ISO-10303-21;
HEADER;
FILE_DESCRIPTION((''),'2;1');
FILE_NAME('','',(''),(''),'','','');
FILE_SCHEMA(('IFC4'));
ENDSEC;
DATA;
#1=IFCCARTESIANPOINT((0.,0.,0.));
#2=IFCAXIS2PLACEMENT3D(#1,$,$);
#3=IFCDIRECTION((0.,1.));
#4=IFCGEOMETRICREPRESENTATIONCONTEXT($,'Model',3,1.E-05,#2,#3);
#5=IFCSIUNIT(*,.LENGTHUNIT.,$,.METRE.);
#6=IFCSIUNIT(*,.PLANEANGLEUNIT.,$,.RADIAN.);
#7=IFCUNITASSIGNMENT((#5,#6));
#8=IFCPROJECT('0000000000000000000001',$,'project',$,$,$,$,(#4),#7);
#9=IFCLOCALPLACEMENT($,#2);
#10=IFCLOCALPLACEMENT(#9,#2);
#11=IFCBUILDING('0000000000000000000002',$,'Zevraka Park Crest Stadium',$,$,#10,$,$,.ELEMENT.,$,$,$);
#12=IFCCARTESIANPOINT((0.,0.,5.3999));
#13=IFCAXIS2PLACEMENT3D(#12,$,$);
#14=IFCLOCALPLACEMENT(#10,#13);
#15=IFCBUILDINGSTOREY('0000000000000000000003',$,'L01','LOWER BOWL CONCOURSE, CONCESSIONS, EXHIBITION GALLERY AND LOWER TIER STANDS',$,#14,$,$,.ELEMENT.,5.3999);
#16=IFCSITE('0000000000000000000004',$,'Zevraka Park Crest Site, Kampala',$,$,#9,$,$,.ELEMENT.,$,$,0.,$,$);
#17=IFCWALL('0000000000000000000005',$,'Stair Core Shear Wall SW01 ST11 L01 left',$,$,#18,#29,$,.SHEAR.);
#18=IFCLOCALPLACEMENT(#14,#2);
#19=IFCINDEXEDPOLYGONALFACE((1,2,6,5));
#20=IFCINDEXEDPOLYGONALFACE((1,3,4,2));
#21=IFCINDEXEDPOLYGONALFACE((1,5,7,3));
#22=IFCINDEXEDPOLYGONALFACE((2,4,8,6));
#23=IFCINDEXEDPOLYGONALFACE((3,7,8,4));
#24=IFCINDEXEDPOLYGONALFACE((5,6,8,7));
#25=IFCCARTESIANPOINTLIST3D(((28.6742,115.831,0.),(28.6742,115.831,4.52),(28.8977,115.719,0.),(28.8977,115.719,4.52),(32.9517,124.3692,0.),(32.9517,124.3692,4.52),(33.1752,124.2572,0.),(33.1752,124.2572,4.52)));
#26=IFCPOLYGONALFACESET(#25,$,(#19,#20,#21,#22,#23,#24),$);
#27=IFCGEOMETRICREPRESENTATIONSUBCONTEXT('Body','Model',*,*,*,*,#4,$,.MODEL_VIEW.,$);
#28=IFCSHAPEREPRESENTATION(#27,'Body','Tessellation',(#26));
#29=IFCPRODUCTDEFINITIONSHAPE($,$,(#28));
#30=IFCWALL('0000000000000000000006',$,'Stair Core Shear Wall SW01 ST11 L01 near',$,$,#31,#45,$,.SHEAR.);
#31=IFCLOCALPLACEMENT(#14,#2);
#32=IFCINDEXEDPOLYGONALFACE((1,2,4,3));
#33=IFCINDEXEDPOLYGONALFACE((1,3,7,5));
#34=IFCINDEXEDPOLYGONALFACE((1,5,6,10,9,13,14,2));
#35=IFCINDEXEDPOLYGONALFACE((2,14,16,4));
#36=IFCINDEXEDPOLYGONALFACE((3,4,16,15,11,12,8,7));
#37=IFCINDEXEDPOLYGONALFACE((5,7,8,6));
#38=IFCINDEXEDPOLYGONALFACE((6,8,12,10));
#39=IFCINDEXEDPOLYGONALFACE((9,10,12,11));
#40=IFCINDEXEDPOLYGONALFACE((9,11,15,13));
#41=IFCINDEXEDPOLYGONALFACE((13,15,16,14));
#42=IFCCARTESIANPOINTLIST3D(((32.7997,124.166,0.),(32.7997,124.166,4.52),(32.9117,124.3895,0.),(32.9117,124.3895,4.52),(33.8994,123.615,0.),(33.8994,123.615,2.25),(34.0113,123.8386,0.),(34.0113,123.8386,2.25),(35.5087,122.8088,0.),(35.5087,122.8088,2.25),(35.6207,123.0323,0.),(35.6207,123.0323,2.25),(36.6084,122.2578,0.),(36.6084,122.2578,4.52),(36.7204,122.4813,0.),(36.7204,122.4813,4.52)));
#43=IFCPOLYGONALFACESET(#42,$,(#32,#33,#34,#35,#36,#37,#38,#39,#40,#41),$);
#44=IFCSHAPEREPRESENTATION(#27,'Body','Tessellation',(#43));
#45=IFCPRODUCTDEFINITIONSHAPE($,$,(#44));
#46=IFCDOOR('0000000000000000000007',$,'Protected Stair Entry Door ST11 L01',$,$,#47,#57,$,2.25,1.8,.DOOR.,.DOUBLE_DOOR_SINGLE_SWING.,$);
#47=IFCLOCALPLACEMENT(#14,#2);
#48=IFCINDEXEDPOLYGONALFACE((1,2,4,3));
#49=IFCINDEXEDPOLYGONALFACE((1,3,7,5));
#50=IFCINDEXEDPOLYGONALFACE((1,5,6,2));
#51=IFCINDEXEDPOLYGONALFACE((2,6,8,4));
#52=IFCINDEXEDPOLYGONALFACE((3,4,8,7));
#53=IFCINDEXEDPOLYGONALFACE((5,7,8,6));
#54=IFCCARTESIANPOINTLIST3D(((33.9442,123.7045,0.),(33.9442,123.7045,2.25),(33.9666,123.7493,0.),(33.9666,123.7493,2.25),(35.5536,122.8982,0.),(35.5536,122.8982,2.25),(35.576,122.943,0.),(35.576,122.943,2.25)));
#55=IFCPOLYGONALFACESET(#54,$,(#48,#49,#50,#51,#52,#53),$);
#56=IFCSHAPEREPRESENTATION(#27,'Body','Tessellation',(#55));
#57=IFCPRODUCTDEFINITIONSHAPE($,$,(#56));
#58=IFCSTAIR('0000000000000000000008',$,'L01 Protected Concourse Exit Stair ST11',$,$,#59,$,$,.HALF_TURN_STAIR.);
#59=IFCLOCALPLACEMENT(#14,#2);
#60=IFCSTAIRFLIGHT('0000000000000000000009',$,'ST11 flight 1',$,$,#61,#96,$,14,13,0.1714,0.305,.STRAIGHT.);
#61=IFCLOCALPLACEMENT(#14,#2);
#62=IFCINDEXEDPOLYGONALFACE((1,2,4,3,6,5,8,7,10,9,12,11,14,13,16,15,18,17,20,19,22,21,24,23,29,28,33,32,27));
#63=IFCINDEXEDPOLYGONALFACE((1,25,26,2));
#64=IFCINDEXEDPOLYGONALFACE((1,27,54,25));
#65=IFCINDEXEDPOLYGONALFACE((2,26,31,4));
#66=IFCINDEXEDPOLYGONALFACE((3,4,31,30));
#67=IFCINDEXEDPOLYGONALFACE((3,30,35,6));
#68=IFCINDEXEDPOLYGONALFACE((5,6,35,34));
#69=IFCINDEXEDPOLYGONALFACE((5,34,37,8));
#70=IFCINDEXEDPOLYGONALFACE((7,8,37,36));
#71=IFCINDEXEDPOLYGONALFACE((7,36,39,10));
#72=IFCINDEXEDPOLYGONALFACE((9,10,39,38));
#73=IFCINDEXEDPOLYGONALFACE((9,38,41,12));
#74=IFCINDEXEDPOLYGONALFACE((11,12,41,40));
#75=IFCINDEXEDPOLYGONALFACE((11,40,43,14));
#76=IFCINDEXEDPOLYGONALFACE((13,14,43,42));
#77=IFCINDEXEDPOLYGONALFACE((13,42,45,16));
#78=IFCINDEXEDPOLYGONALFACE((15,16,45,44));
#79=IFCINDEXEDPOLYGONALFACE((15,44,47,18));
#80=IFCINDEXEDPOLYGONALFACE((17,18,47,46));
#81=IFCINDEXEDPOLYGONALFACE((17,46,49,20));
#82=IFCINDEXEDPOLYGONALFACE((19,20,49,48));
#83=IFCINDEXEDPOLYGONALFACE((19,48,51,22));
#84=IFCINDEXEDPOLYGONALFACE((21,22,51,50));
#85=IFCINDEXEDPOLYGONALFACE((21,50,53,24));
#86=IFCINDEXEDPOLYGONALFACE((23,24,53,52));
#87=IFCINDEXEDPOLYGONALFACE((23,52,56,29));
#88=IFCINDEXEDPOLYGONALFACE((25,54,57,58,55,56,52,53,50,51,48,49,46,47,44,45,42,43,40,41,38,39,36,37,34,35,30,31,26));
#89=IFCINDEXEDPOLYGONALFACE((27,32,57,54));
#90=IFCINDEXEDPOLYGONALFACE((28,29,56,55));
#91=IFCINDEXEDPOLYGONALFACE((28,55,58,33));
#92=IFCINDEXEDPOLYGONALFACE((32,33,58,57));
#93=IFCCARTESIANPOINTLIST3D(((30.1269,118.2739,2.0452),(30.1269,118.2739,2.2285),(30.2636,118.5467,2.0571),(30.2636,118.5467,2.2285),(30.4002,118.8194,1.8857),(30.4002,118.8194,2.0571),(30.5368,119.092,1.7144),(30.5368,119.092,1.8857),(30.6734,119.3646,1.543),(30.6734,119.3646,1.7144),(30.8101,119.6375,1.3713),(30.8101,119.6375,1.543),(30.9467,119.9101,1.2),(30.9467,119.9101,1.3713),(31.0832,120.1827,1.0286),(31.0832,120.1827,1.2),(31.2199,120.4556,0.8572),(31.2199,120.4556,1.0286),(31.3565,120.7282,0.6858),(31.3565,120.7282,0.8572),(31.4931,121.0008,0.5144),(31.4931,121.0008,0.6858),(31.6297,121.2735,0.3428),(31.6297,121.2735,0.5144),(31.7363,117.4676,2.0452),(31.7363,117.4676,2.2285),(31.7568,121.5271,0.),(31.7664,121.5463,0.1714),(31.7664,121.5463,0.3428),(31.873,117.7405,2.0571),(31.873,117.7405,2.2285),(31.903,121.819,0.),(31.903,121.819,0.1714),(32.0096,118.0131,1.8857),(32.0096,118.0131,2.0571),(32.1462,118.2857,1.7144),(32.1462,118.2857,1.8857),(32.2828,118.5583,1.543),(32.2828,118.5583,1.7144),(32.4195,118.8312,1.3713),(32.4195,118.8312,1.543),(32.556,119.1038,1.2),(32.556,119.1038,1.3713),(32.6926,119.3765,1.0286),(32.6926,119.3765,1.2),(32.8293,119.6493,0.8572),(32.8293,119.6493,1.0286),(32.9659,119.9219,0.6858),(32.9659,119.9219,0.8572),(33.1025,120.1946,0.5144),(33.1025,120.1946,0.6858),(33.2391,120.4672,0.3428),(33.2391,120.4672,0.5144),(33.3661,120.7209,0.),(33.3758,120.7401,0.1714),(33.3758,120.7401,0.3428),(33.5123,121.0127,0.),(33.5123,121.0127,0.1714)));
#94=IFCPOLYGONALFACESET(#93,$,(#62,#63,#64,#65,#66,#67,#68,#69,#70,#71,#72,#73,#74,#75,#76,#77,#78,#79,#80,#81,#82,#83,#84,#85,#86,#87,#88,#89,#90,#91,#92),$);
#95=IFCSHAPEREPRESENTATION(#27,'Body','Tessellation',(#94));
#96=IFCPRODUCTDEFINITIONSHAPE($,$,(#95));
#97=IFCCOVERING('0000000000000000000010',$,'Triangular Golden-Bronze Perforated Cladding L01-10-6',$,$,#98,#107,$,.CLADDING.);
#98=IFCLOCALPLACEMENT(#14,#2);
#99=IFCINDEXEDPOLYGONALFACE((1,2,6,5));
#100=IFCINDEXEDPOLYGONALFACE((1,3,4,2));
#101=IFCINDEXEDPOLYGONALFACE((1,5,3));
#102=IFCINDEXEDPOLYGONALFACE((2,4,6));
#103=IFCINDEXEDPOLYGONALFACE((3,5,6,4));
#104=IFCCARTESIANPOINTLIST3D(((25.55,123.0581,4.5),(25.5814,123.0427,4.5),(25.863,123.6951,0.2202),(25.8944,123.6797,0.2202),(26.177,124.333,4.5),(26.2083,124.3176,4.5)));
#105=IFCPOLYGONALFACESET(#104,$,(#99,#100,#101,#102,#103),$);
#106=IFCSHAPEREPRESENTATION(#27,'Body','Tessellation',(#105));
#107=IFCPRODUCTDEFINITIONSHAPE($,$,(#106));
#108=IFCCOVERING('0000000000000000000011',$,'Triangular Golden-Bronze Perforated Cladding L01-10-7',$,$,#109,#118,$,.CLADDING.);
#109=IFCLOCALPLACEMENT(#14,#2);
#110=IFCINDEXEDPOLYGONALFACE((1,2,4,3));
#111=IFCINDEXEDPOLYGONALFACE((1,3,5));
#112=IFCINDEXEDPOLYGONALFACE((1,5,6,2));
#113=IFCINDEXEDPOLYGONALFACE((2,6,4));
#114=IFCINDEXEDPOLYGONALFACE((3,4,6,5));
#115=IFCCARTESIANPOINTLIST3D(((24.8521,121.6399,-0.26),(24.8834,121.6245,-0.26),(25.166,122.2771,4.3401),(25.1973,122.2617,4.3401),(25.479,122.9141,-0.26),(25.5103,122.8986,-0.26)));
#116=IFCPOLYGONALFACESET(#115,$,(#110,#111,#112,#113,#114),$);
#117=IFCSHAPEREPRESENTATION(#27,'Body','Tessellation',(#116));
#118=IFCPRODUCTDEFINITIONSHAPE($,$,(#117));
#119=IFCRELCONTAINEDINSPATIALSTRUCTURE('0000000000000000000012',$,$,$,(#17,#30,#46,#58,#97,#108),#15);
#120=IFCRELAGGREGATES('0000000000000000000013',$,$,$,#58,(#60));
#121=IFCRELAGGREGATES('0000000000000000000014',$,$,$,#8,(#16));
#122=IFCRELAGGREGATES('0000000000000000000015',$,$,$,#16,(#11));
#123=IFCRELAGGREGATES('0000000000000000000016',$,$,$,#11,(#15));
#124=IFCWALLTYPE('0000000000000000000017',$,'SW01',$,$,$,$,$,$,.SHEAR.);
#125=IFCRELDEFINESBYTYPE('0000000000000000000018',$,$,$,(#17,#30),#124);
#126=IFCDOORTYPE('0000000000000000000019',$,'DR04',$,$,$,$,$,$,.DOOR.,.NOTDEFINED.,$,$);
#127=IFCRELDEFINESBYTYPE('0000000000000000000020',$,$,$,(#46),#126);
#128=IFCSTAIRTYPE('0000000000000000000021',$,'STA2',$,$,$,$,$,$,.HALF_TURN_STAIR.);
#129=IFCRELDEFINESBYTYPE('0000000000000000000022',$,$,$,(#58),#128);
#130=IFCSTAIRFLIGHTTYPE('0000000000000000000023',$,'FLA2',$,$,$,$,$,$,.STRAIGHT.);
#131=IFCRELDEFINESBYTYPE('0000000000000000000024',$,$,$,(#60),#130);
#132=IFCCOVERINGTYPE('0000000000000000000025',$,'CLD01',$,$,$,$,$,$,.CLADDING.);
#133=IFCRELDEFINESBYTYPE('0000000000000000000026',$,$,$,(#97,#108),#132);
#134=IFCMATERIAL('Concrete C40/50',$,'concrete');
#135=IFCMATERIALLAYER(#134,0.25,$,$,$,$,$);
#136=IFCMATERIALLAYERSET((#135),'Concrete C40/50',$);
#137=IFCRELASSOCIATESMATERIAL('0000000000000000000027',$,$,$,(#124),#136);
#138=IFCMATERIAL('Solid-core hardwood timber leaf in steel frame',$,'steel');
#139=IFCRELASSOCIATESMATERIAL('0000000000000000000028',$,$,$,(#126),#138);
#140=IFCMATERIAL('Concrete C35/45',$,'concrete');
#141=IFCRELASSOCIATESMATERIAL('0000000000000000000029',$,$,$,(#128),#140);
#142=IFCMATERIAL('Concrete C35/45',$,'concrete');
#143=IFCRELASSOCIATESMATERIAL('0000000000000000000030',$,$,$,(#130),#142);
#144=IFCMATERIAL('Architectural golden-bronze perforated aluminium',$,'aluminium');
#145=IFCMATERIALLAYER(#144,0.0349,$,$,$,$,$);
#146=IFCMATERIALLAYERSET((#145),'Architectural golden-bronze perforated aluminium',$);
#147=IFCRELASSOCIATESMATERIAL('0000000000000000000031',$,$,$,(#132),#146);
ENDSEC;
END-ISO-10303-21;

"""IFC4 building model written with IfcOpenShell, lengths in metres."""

from ifc_helpers import new_model, si_unit, direction, frame, frame_2d, origin, place, context, subcontext, project, spatial, polyline, rectangle, outline, extrude, material, layer, layer_set, type_object, element, fill, aggregate, save


model = new_model("IFC4")

# Units and contexts
model_context = context("Model", 3, precision=1e-05, world=origin(), true_north=direction((0.0, 1.0)))
body_context = subcontext(model_context, "Body", "Model", "MODEL_VIEW")
ifc_project = project(units=[si_unit("LENGTHUNIT", "METRE"), si_unit("PLANEANGLEUNIT", "RADIAN")], contexts=[model_context])

# Site, building, storey
site_placement = place(None, origin())
site = spatial("IfcSite", under=ifc_project, at=site_placement, Name="Zevraka Park Crest Site, Kampala", CompositionType="ELEMENT", RefElevation=0.0)
building_placement = place(site_placement, origin())
building = spatial("IfcBuilding", under=site, at=building_placement, Name="Zevraka Park Crest Stadium", CompositionType="ELEMENT")
storey_placement = place(building_placement, frame((0.0, 0.0, 5.3999)))
storey = spatial("IfcBuildingStorey", under=building, at=storey_placement, Name="L01", Description="LOWER BOWL CONCOURSE, CONCESSIONS, EXHIBITION GALLERY AND LOWER TIER STANDS", CompositionType="ELEMENT", Elevation=5.3999)

# Wall
ifc_material_1 = material(Name="Concrete C40/50", Category="concrete")
ifc_layer_1 = layer(ifc_material_1, 0.25)
ifc_layer_set_1 = layer_set([ifc_layer_1], Name="Concrete C40/50")
wall_type = type_object("IfcWallType", Name="SW01", PredefinedType="SHEAR", material=ifc_layer_set_1)
wall_1_placement = place(storey_placement, frame((33.0635, 124.3132, 0.0), z_axis=(0.0, 0.0, 1.0), x_axis=(-0.447919, -0.894074, 0.0)))
element("IfcWall", 1, at=wall_1_placement, inside=storey, type_object=wall_type, Name="Stair Core Shear Wall SW01 ST11 L01 left", PredefinedType="SHEAR", context=body_context, shape_type="SweptSolid", body=[
    extrude(rectangle(XDim=9.5498, YDim=0.25, at=frame_2d((4.7749, 0.0))), origin(), (0.0, 0.0, 1.0), 4.52),
])

# Wall, opening, door
wall_2_placement = place(storey_placement, frame((36.6643, 122.3696, 0.0), z_axis=(0.0, 0.0, 1.0), x_axis=(-0.894072, 0.447924, 0.0)))
wall_2 = element("IfcWall", 2, at=wall_2_placement, inside=storey, type_object=wall_type, Name="Stair Core Shear Wall SW01 ST11 L01 near", PredefinedType="SHEAR", context=body_context, shape_type="SweptSolid", body=[
    extrude(rectangle(XDim=4.26, YDim=0.25, at=frame_2d((2.1299, 0.0))), origin(), (0.0, 0.0, 1.0), 4.52),
])
opening_placement = place(wall_2_placement, frame((1.23, 0.0, 0.0)))
opening = element("IfcOpeningElement", 3, at=opening_placement, cuts=wall_2, PredefinedType="OPENING", context=body_context, shape_type="SweptSolid", body=[
    extrude(rectangle(XDim=1.8, YDim=2.25, at=frame_2d((0.8999, 1.125))), frame((0.0, 0.135, 0.0), z_axis=(0.0, -1.0, 0.0), x_axis=(1.0, 0.0, 0.0)), (0.0, 0.0, 1.0), 0.27),
])
ifc_material_2 = material(Name="Solid-core hardwood timber leaf in steel frame", Category="steel")
door_type = type_object("IfcDoorType", Name="DR04", OperationType="NOTDEFINED", PredefinedType="DOOR", material=ifc_material_2)
door_placement = place(opening_placement, origin())
door = element("IfcDoor", 4, at=door_placement, inside=storey, type_object=door_type, Name="Protected Stair Entry Door ST11 L01", OperationType="DOUBLE_DOOR_SINGLE_SWING", OverallHeight=2.25, OverallWidth=1.8, PredefinedType="DOOR", context=body_context, shape_type="SweptSolid", body=[
    extrude(rectangle(XDim=1.8, YDim=2.25, at=frame_2d((0.8999, 1.125))), frame((0.0, 0.0249, 0.0), z_axis=(0.0, -1.0, 0.0), x_axis=(1.0, 0.0, 0.0)), (0.0, 0.0, 1.0), 0.05),
])
fill(opening, door)

# Stair, stair flight
ifc_material_3 = material(Name="Concrete C35/45", Category="concrete")
stair_type = type_object("IfcStairType", Name="STA2", PredefinedType="HALF_TURN_STAIR", material=ifc_material_3)
stair_placement = place(storey_placement, origin())
stair = element("IfcStair", 5, at=stair_placement, inside=storey, type_object=stair_type, Name="L01 Protected Concourse Exit Stair ST11", PredefinedType="HALF_TURN_STAIR")
ifc_material_4 = material(Name="Concrete C35/45", Category="concrete")
stair_flight_type = type_object("IfcStairFlightType", Name="FLA2", PredefinedType="STRAIGHT", material=ifc_material_4)
stair_flight_placement = place(storey_placement, frame((32.7078, 121.4158, 0.0), z_axis=(0.0, 0.0, 1.0), x_axis=(-0.447915, -0.894076, 0.0)))
stair_flight = element("IfcStairFlight", 6, at=stair_flight_placement, type_object=stair_flight_type, Name="ST11 flight 1", NumberOfRisers=14, NumberOfTreads=13, PredefinedType="STRAIGHT", RiserHeight=0.1714, TreadLength=0.305, context=body_context, shape_type="SweptSolid", body=[
    extrude(outline(polyline([(0.0, 0.0), (0.0, 0.1714), (0.3049, 0.1714), (0.3049, 0.3428), (0.6101, 0.3428), (0.6101, 0.5144), (0.915, 0.5144), (0.915, 0.6858), (1.22, 0.6858), (1.22, 0.8572), (1.5249, 0.8572), (1.5249, 1.0286), (1.8301, 1.0286), (1.8301, 1.2), (2.135, 1.2), (2.135, 1.3713), (2.4399, 1.3713), (2.4399, 1.543), (2.7451, 1.543), (2.7451, 1.7144), (3.05, 1.7144), (3.05, 1.8857), (3.355, 1.8857), (3.355, 2.0571), (3.6599, 2.0571), (3.6599, 2.2285), (3.9651, 2.2285), (3.9651, 2.3999), (3.9651, 2.0452), (0.3264, 0.0), (0.0, 0.0)])), frame((0.0, 0.8999, 0.0), z_axis=(0.0, -1.0, 0.0), x_axis=(1.0, 0.0, 0.0)), (0.0, 0.0, 1.0), 1.8),
])
aggregate(stair, [stair_flight])

# Coverings
ifc_material_5 = material(Name="Architectural golden-bronze perforated aluminium", Category="aluminium")
ifc_layer_2 = layer(ifc_material_5, 0.0349)
ifc_layer_set_2 = layer_set([ifc_layer_2], Name="Architectural golden-bronze perforated aluminium")
covering_type = type_object("IfcCoveringType", Name="CLD01", PredefinedType="CLADDING", material=ifc_layer_set_2)
covering_1_placement = place(storey_placement, frame((25.55, 123.0581, 4.5), z_axis=(-0.897363, 0.441292, 0.000052), x_axis=(0.441292, 0.897363, 0.0)))
element("IfcCovering", 7, at=covering_1_placement, inside=storey, type_object=covering_type, Name="Triangular Golden-Bronze Perforated Cladding L01-10-6", PredefinedType="CLADDING", context=body_context, shape_type="SweptSolid", body=[
    extrude(outline(polyline([(0.0, 0.0), (1.4207, 0.0), (0.7097, 4.2798), (0.0, 0.0)])), origin(), (0.0, 0.0, -1.0), 0.0349),
])
covering_2_placement = place(storey_placement, frame((25.479, 122.9141, -0.26), z_axis=(-0.897263, 0.441497, 0.000084), x_axis=(-0.441497, -0.897263, 0.0)))
element("IfcCovering", 8, at=covering_2_placement, inside=storey, type_object=covering_type, Name="Triangular Golden-Bronze Perforated Cladding L01-10-7", PredefinedType="CLADDING", context=body_context, shape_type="SweptSolid", body=[
    extrude(outline(polyline([(0.0, 0.0), (1.4201, 0.0), (0.7097, 4.6001), (0.0, 0.0)])), origin(), (0.0, 0.0, -1.0), 0.0349),
])

save(model, "model.ifc")
